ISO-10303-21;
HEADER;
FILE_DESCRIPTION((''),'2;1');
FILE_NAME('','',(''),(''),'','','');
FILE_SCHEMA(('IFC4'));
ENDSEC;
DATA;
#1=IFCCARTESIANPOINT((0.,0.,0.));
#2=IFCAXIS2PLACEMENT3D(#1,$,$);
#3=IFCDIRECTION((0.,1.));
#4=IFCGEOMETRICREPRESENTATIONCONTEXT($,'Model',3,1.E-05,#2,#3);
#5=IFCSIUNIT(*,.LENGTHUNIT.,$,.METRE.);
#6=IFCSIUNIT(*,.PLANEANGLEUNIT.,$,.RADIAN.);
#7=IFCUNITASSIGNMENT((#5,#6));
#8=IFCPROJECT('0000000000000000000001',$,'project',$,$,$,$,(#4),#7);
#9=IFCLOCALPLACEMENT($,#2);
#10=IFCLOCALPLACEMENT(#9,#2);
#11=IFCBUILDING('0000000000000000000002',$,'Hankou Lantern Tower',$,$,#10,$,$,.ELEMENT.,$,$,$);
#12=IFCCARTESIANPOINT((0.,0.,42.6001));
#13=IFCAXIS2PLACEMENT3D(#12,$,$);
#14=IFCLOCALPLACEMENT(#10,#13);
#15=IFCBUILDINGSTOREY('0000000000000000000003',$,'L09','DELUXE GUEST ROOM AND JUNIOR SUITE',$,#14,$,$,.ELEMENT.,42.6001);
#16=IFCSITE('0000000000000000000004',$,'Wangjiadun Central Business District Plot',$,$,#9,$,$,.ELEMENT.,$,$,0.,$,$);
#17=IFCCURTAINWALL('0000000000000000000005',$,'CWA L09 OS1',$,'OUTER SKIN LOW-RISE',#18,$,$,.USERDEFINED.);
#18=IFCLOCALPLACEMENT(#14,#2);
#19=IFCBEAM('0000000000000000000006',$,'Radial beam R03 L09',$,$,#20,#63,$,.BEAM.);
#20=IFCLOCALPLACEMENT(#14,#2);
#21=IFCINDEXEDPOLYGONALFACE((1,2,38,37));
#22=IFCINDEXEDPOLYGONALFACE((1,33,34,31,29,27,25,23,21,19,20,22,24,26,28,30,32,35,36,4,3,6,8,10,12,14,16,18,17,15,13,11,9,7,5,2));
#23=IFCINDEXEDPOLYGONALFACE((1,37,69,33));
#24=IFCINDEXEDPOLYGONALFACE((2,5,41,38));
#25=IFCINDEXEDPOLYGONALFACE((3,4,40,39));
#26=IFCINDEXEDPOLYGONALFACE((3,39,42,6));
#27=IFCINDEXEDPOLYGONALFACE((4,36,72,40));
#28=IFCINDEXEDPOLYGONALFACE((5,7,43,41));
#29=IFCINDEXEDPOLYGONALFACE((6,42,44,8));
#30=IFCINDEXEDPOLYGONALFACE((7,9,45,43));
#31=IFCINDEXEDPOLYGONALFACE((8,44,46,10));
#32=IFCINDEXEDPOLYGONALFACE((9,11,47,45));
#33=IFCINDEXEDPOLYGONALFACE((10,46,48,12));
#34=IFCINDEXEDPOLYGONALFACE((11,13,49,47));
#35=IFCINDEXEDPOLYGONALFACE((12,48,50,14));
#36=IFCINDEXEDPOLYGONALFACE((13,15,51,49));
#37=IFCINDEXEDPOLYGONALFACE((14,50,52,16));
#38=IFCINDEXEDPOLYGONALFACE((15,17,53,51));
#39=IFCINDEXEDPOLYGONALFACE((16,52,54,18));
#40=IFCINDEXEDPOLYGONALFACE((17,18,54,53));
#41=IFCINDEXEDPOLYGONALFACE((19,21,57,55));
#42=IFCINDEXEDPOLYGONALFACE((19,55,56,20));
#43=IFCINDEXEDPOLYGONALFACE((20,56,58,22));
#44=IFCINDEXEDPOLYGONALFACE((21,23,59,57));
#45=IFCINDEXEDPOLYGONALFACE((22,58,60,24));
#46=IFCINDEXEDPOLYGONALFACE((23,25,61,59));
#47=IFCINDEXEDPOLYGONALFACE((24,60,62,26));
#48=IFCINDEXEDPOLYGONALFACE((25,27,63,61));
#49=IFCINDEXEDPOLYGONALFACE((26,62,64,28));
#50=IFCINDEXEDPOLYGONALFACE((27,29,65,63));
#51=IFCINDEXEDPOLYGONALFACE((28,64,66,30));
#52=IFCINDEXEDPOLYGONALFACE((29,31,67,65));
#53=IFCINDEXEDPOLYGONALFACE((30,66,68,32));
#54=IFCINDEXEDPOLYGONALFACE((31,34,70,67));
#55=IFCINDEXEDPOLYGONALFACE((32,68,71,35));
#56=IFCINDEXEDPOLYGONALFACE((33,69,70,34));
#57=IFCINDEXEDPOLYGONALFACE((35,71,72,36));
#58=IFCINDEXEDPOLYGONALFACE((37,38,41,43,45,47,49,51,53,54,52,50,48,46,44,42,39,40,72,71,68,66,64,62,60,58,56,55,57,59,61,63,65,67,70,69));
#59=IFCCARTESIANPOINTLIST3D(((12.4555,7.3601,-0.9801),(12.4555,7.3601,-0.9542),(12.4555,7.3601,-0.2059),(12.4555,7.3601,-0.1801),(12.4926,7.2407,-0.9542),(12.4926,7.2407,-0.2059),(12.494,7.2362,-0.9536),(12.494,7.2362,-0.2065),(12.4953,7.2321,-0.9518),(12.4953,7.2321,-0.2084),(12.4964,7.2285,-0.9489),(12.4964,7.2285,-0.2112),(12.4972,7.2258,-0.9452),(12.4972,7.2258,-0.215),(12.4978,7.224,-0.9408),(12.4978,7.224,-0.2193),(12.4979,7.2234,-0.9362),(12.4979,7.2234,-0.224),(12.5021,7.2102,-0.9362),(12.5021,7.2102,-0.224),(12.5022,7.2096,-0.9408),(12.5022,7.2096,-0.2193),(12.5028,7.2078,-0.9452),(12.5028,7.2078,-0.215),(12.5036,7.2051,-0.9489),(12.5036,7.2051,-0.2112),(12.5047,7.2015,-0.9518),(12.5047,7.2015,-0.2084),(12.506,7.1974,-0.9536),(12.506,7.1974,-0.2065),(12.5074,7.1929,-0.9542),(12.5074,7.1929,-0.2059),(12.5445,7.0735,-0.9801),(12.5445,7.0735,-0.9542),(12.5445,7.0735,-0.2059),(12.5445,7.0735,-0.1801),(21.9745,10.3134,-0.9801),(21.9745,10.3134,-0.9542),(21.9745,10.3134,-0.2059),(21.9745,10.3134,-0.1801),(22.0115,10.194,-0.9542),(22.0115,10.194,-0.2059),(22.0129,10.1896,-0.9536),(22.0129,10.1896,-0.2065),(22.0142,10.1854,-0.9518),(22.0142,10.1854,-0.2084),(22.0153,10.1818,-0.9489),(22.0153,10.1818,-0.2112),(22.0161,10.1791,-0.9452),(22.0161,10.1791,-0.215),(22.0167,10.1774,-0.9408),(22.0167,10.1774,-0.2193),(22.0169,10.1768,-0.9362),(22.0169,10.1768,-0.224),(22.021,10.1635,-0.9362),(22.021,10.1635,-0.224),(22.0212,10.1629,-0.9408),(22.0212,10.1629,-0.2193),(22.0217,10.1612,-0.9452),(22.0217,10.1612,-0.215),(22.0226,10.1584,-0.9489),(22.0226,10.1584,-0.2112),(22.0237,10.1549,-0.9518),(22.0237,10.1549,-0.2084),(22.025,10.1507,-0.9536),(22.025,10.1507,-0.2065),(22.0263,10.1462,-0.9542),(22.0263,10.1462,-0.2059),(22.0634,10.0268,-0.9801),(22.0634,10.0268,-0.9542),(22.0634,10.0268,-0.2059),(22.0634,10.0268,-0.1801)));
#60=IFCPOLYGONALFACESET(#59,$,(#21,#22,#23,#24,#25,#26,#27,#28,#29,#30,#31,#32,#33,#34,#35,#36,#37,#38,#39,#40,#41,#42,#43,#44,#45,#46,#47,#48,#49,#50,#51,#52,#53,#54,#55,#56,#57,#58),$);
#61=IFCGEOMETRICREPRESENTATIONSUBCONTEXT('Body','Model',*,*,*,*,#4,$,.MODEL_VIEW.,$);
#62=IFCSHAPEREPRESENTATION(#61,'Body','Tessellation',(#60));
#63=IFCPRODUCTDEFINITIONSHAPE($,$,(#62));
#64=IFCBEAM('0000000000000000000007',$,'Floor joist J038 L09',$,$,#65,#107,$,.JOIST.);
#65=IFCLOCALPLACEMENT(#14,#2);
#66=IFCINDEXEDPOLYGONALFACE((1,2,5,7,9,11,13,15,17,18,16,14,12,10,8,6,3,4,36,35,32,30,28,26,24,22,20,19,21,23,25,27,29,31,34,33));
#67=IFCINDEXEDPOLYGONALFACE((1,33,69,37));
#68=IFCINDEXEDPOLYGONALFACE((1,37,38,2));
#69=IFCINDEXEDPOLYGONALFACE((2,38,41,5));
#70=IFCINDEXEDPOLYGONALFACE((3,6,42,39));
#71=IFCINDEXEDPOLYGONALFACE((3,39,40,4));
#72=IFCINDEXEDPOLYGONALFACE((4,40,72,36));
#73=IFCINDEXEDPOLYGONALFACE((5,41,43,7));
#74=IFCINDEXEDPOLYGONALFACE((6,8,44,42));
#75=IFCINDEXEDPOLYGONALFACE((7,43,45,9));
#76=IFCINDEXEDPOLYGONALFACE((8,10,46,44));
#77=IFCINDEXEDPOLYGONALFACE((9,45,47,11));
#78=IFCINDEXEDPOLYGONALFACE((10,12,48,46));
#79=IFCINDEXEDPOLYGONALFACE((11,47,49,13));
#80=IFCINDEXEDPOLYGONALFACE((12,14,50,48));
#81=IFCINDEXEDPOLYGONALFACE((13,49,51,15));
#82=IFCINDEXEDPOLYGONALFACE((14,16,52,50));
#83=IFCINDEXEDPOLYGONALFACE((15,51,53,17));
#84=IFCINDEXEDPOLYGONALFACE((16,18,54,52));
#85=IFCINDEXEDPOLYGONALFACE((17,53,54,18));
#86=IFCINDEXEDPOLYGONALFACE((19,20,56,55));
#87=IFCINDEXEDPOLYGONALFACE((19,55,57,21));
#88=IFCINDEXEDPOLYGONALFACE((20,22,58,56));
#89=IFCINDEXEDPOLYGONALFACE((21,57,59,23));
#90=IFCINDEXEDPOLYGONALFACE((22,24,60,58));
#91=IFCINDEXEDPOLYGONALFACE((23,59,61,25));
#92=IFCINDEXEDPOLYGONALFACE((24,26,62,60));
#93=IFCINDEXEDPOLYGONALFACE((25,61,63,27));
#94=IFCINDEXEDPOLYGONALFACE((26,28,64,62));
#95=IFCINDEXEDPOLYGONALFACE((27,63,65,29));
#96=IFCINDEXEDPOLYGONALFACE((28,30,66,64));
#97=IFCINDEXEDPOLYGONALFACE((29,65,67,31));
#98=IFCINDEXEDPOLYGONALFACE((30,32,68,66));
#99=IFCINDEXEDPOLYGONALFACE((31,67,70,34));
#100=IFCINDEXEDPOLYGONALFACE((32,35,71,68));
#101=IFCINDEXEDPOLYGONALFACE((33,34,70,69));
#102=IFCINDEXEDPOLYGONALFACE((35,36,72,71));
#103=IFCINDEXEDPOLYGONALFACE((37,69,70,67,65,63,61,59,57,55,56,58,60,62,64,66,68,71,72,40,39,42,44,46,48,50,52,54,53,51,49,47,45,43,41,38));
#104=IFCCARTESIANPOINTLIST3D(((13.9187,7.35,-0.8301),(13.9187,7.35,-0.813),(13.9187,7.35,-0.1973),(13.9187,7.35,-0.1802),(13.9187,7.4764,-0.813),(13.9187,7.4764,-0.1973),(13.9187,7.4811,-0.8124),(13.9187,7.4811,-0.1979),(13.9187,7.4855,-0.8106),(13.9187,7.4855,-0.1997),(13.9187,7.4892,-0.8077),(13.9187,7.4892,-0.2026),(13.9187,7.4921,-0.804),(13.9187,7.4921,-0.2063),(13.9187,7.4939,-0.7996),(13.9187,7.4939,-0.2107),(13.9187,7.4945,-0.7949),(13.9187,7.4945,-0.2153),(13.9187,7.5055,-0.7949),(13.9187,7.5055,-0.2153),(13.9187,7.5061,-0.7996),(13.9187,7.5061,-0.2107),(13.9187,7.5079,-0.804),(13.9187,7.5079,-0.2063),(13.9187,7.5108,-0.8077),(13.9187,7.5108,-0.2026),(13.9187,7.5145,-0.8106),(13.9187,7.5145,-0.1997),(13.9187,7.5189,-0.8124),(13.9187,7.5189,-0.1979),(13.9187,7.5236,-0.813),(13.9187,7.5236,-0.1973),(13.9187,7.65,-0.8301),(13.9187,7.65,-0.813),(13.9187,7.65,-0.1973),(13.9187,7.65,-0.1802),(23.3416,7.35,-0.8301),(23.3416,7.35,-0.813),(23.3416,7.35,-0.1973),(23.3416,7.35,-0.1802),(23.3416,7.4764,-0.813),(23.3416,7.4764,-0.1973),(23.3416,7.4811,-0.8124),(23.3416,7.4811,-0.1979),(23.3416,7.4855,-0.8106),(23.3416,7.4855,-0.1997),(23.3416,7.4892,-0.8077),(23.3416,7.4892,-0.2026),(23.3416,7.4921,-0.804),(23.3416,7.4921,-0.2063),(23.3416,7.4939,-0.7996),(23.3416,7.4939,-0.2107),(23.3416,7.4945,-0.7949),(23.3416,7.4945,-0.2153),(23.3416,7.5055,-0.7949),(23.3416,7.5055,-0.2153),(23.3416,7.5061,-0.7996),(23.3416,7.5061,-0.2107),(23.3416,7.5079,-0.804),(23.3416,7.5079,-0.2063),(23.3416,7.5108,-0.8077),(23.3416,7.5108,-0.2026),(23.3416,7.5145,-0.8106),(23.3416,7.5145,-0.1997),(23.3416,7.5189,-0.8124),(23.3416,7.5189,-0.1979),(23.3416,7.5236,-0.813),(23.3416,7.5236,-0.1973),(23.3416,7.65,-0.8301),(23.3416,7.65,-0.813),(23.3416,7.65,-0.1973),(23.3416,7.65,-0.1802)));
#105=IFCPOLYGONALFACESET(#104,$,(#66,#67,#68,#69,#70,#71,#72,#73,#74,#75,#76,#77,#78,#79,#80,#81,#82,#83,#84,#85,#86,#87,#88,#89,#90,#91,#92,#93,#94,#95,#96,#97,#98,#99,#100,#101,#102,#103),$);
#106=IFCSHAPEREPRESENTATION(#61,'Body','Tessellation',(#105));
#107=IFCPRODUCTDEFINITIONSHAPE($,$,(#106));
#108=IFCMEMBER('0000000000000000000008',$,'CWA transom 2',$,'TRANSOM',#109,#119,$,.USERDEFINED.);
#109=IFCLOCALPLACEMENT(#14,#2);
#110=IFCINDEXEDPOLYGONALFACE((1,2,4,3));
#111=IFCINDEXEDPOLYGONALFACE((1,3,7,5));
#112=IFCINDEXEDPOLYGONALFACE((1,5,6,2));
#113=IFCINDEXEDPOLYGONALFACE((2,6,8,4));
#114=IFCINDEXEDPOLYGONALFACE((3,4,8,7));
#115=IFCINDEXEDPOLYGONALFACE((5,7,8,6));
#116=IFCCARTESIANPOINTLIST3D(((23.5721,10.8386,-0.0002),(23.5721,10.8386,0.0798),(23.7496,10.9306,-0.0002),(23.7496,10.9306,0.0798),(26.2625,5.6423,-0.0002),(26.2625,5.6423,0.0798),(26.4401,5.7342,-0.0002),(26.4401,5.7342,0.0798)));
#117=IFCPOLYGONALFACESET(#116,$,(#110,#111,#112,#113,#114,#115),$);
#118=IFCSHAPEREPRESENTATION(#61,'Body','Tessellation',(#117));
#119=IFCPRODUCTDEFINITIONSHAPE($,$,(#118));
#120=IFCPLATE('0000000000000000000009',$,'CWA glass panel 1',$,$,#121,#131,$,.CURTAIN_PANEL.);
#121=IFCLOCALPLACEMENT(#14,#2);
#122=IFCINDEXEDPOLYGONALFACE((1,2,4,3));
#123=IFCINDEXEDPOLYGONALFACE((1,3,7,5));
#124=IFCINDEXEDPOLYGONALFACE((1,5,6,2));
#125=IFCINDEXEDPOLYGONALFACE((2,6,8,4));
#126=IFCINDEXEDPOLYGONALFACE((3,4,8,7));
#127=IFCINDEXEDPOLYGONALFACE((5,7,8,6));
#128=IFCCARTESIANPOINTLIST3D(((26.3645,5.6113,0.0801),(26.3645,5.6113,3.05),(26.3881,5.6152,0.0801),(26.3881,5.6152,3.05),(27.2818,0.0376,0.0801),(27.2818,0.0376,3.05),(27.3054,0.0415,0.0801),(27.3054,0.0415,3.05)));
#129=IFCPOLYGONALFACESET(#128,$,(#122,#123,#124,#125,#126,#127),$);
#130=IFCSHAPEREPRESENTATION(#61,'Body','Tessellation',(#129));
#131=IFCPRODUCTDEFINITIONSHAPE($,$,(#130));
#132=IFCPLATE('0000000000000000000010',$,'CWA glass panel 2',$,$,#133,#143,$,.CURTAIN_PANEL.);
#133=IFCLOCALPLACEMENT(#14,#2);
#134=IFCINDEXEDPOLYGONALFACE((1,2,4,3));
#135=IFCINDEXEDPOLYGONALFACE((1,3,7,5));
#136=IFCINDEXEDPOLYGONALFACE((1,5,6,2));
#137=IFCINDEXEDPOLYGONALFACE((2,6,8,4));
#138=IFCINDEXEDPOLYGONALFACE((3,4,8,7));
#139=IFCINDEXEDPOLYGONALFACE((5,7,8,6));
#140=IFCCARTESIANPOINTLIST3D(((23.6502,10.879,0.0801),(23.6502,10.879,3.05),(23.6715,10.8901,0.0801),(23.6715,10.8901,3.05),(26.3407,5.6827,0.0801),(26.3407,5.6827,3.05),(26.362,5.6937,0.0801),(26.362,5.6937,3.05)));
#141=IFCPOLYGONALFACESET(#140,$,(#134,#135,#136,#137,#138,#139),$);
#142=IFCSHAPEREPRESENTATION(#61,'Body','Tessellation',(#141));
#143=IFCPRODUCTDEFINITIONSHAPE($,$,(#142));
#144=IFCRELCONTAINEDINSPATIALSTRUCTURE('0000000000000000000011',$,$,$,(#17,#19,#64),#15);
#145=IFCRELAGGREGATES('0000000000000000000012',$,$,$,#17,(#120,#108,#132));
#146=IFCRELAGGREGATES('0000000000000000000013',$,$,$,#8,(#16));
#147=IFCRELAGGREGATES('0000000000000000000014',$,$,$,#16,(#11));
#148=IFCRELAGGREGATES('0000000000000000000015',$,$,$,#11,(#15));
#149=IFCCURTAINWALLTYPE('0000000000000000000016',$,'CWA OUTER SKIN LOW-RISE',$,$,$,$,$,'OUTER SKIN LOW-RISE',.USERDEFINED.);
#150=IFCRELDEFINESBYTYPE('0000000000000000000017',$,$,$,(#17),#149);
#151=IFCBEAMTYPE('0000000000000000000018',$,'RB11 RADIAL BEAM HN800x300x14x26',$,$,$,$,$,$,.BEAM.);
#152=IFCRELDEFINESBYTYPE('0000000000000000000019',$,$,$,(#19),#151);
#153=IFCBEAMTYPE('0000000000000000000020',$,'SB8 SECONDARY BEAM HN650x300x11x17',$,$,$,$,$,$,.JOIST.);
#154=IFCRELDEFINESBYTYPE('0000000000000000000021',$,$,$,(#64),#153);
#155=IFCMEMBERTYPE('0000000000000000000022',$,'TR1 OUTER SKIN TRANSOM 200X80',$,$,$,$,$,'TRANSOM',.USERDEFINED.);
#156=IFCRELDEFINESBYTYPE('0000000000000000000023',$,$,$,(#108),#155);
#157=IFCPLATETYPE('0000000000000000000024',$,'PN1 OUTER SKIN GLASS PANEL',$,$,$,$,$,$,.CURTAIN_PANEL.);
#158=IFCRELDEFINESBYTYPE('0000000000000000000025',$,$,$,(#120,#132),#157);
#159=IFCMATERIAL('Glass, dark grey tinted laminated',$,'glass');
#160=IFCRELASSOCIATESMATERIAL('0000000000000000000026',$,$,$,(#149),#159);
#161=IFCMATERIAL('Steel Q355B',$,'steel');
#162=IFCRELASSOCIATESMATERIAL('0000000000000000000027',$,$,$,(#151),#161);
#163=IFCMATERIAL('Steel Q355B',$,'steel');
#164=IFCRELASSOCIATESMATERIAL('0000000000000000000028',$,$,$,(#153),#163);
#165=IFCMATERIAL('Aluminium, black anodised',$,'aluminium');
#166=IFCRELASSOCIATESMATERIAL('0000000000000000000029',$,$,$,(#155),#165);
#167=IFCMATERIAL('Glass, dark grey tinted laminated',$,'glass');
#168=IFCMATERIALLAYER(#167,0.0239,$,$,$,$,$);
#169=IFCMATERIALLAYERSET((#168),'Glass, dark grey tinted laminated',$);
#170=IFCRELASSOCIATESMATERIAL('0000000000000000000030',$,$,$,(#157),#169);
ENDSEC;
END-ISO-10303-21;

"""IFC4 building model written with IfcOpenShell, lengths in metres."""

from ifc_helpers import new_model, si_unit, direction, frame, origin, origin_2d, place, context, subcontext, project, spatial, rectangle, i_section, extrude, material, layer, layer_set, material_profile, profile_set, type_object, element, aggregate, save


model = new_model("IFC4")

# Units and contexts
model_context = context("Model", 3, precision=1e-05, world=origin(), true_north=direction((0.0, 1.0)))
body_context = subcontext(model_context, "Body", "Model", "MODEL_VIEW")
ifc_project = project(units=[si_unit("LENGTHUNIT", "METRE"), si_unit("PLANEANGLEUNIT", "RADIAN")], contexts=[model_context])

# Site, building, storey
site_placement = place(None, origin())
site = spatial("IfcSite", under=ifc_project, at=site_placement, Name="Wangjiadun Central Business District Plot", CompositionType="ELEMENT", RefElevation=0.0)
building_placement = place(site_placement, origin())
building = spatial("IfcBuilding", under=site, at=building_placement, Name="Hankou Lantern Tower", CompositionType="ELEMENT")
storey_placement = place(building_placement, frame((0.0, 0.0, 42.6001)))
storey = spatial("IfcBuildingStorey", under=building, at=storey_placement, Name="L09", Description="DELUXE GUEST ROOM AND JUNIOR SUITE", CompositionType="ELEMENT", Elevation=42.6001)

# Curtain wall
ifc_material_1 = material(Name="Glass, dark grey tinted laminated", Category="glass")
curtain_wall_type = type_object("IfcCurtainWallType", Name="CWA OUTER SKIN LOW-RISE", ElementType="OUTER SKIN LOW-RISE", PredefinedType="USERDEFINED", material=ifc_material_1)
curtain_wall_placement = place(storey_placement, origin())
curtain_wall = element("IfcCurtainWall", 1, at=curtain_wall_placement, inside=storey, type_object=curtain_wall_type, Name="CWA L09 OS1", ObjectType="OUTER SKIN LOW-RISE", PredefinedType="USERDEFINED")

# Beams
ifc_material_2 = material(Name="Steel Q355B", Category="steel")
ifc_material_profile_1 = material_profile(ifc_material_2, i_section(OverallWidth=0.3, OverallDepth=0.8, WebThickness=0.0139, FlangeThickness=0.0259, FilletRadius=0.0181, at=origin_2d()), Name="HN800x300x14x26")
ifc_profile_set_1 = profile_set([ifc_material_profile_1], Name="Steel Q355B")
beam_type_1 = type_object("IfcBeamType", Name="RB11 RADIAL BEAM HN800x300x14x26", PredefinedType="BEAM", material=ifc_profile_set_1)
beam_1_placement = place(storey_placement, frame((12.5, 7.2168, -0.5801), z_axis=(0.955087, 0.296324, 0.0), x_axis=(-0.296324, 0.955087, 0.0)))
element("IfcBeam", 2, at=beam_1_placement, inside=storey, type_object=beam_type_1, Name="Radial beam R03 L09", PredefinedType="BEAM", context=body_context, shape_type="SweptSolid", body=[
    extrude(i_section(OverallWidth=0.3, OverallDepth=0.8, WebThickness=0.0139, FlangeThickness=0.0259, FilletRadius=0.0181, at=origin_2d()), origin(), (0.0, 0.0, 1.0), 9.9666),
])
ifc_material_3 = material(Name="Steel Q355B", Category="steel")
ifc_material_profile_2 = material_profile(ifc_material_3, i_section(OverallWidth=0.3, OverallDepth=0.6499, WebThickness=0.011, FlangeThickness=0.0171, FilletRadius=0.0181, at=origin_2d()), Name="HN650x300x11x17")
ifc_profile_set_2 = profile_set([ifc_material_profile_2], Name="Steel Q355B")
beam_type_2 = type_object("IfcBeamType", Name="SB8 SECONDARY BEAM HN650x300x11x17", PredefinedType="JOIST", material=ifc_profile_set_2)
beam_2_placement = place(storey_placement, frame((13.9187, 7.5, -0.5051), z_axis=(1.0, 0.0, 0.0), x_axis=(0.0, 1.0, 0.0)))
element("IfcBeam", 3, at=beam_2_placement, inside=storey, type_object=beam_type_2, Name="Floor joist J038 L09", PredefinedType="JOIST", context=body_context, shape_type="SweptSolid", body=[
    extrude(i_section(OverallWidth=0.3, OverallDepth=0.6499, WebThickness=0.011, FlangeThickness=0.0171, FilletRadius=0.0181, at=origin_2d()), origin(), (0.0, 0.0, 1.0), 9.4229),
])

# Member
ifc_material_4 = material(Name="Aluminium, black anodised", Category="aluminium")
ifc_material_profile_3 = material_profile(ifc_material_4, rectangle(XDim=0.2, YDim=0.0801, at=origin_2d()), Name="TR1 200X80")
ifc_profile_set_3 = profile_set([ifc_material_profile_3], Name="Aluminium, black anodised")
member_type_1 = type_object("IfcMemberType", Name="TR1 OUTER SKIN TRANSOM 200X80", ElementType="TRANSOM", PredefinedType="USERDEFINED", material=ifc_profile_set_3)
member_1_placement = place(storey_placement, frame((26.3513, 5.6882, 0.0398), z_axis=(-0.459786, 0.88803, 0.0), x_axis=(-0.88803, -0.459786, 0.0)))
member_1 = element("IfcMember", 4, at=member_1_placement, type_object=member_type_1, Name="CWA transom 2", ObjectType="TRANSOM", PredefinedType="USERDEFINED", context=body_context, shape_type="SweptSolid", body=[
    extrude(rectangle(XDim=0.2, YDim=0.0801, at=origin_2d()), origin(), (0.0, 0.0, 1.0), 5.8516),
])

# Plates
ifc_material_5 = material(Name="Glass, dark grey tinted laminated", Category="glass")
ifc_layer_1 = layer(ifc_material_5, 0.0239)
ifc_layer_set_1 = layer_set([ifc_layer_1], Name="Glass, dark grey tinted laminated")
plate_type = type_object("IfcPlateType", Name="PN1 OUTER SKIN GLASS PANEL", PredefinedType="CURTAIN_PANEL", material=ifc_layer_set_1)
plate_1_placement = place(storey_placement, frame((26.835, 2.8264, 0.0801), z_axis=(0.0, 0.0, 1.0), x_axis=(-0.162382, 0.986728, 0.0)))
plate_1 = element("IfcPlate", 5, at=plate_1_placement, type_object=plate_type, Name="CWA glass panel 1", PredefinedType="CURTAIN_PANEL", context=body_context, shape_type="SweptSolid", body=[
    extrude(rectangle(XDim=5.6487, YDim=0.0239, at=origin_2d()), origin(), (0.0, 0.0, 1.0), 2.97),
])
plate_2_placement = place(storey_placement, frame((25.0061, 8.2864, 0.0801), z_axis=(0.0, 0.0, 1.0), x_axis=(-0.459791, 0.888027, 0.0)))
plate_2 = element("IfcPlate", 6, at=plate_2_placement, type_object=plate_type, Name="CWA glass panel 2", PredefinedType="CURTAIN_PANEL", context=body_context, shape_type="SweptSolid", body=[
    extrude(rectangle(XDim=5.8516, YDim=0.0239, at=origin_2d()), origin(), (0.0, 0.0, 1.0), 2.97),
])
aggregate(curtain_wall, [plate_1, member_1, plate_2])

save(model, "model.ifc")
